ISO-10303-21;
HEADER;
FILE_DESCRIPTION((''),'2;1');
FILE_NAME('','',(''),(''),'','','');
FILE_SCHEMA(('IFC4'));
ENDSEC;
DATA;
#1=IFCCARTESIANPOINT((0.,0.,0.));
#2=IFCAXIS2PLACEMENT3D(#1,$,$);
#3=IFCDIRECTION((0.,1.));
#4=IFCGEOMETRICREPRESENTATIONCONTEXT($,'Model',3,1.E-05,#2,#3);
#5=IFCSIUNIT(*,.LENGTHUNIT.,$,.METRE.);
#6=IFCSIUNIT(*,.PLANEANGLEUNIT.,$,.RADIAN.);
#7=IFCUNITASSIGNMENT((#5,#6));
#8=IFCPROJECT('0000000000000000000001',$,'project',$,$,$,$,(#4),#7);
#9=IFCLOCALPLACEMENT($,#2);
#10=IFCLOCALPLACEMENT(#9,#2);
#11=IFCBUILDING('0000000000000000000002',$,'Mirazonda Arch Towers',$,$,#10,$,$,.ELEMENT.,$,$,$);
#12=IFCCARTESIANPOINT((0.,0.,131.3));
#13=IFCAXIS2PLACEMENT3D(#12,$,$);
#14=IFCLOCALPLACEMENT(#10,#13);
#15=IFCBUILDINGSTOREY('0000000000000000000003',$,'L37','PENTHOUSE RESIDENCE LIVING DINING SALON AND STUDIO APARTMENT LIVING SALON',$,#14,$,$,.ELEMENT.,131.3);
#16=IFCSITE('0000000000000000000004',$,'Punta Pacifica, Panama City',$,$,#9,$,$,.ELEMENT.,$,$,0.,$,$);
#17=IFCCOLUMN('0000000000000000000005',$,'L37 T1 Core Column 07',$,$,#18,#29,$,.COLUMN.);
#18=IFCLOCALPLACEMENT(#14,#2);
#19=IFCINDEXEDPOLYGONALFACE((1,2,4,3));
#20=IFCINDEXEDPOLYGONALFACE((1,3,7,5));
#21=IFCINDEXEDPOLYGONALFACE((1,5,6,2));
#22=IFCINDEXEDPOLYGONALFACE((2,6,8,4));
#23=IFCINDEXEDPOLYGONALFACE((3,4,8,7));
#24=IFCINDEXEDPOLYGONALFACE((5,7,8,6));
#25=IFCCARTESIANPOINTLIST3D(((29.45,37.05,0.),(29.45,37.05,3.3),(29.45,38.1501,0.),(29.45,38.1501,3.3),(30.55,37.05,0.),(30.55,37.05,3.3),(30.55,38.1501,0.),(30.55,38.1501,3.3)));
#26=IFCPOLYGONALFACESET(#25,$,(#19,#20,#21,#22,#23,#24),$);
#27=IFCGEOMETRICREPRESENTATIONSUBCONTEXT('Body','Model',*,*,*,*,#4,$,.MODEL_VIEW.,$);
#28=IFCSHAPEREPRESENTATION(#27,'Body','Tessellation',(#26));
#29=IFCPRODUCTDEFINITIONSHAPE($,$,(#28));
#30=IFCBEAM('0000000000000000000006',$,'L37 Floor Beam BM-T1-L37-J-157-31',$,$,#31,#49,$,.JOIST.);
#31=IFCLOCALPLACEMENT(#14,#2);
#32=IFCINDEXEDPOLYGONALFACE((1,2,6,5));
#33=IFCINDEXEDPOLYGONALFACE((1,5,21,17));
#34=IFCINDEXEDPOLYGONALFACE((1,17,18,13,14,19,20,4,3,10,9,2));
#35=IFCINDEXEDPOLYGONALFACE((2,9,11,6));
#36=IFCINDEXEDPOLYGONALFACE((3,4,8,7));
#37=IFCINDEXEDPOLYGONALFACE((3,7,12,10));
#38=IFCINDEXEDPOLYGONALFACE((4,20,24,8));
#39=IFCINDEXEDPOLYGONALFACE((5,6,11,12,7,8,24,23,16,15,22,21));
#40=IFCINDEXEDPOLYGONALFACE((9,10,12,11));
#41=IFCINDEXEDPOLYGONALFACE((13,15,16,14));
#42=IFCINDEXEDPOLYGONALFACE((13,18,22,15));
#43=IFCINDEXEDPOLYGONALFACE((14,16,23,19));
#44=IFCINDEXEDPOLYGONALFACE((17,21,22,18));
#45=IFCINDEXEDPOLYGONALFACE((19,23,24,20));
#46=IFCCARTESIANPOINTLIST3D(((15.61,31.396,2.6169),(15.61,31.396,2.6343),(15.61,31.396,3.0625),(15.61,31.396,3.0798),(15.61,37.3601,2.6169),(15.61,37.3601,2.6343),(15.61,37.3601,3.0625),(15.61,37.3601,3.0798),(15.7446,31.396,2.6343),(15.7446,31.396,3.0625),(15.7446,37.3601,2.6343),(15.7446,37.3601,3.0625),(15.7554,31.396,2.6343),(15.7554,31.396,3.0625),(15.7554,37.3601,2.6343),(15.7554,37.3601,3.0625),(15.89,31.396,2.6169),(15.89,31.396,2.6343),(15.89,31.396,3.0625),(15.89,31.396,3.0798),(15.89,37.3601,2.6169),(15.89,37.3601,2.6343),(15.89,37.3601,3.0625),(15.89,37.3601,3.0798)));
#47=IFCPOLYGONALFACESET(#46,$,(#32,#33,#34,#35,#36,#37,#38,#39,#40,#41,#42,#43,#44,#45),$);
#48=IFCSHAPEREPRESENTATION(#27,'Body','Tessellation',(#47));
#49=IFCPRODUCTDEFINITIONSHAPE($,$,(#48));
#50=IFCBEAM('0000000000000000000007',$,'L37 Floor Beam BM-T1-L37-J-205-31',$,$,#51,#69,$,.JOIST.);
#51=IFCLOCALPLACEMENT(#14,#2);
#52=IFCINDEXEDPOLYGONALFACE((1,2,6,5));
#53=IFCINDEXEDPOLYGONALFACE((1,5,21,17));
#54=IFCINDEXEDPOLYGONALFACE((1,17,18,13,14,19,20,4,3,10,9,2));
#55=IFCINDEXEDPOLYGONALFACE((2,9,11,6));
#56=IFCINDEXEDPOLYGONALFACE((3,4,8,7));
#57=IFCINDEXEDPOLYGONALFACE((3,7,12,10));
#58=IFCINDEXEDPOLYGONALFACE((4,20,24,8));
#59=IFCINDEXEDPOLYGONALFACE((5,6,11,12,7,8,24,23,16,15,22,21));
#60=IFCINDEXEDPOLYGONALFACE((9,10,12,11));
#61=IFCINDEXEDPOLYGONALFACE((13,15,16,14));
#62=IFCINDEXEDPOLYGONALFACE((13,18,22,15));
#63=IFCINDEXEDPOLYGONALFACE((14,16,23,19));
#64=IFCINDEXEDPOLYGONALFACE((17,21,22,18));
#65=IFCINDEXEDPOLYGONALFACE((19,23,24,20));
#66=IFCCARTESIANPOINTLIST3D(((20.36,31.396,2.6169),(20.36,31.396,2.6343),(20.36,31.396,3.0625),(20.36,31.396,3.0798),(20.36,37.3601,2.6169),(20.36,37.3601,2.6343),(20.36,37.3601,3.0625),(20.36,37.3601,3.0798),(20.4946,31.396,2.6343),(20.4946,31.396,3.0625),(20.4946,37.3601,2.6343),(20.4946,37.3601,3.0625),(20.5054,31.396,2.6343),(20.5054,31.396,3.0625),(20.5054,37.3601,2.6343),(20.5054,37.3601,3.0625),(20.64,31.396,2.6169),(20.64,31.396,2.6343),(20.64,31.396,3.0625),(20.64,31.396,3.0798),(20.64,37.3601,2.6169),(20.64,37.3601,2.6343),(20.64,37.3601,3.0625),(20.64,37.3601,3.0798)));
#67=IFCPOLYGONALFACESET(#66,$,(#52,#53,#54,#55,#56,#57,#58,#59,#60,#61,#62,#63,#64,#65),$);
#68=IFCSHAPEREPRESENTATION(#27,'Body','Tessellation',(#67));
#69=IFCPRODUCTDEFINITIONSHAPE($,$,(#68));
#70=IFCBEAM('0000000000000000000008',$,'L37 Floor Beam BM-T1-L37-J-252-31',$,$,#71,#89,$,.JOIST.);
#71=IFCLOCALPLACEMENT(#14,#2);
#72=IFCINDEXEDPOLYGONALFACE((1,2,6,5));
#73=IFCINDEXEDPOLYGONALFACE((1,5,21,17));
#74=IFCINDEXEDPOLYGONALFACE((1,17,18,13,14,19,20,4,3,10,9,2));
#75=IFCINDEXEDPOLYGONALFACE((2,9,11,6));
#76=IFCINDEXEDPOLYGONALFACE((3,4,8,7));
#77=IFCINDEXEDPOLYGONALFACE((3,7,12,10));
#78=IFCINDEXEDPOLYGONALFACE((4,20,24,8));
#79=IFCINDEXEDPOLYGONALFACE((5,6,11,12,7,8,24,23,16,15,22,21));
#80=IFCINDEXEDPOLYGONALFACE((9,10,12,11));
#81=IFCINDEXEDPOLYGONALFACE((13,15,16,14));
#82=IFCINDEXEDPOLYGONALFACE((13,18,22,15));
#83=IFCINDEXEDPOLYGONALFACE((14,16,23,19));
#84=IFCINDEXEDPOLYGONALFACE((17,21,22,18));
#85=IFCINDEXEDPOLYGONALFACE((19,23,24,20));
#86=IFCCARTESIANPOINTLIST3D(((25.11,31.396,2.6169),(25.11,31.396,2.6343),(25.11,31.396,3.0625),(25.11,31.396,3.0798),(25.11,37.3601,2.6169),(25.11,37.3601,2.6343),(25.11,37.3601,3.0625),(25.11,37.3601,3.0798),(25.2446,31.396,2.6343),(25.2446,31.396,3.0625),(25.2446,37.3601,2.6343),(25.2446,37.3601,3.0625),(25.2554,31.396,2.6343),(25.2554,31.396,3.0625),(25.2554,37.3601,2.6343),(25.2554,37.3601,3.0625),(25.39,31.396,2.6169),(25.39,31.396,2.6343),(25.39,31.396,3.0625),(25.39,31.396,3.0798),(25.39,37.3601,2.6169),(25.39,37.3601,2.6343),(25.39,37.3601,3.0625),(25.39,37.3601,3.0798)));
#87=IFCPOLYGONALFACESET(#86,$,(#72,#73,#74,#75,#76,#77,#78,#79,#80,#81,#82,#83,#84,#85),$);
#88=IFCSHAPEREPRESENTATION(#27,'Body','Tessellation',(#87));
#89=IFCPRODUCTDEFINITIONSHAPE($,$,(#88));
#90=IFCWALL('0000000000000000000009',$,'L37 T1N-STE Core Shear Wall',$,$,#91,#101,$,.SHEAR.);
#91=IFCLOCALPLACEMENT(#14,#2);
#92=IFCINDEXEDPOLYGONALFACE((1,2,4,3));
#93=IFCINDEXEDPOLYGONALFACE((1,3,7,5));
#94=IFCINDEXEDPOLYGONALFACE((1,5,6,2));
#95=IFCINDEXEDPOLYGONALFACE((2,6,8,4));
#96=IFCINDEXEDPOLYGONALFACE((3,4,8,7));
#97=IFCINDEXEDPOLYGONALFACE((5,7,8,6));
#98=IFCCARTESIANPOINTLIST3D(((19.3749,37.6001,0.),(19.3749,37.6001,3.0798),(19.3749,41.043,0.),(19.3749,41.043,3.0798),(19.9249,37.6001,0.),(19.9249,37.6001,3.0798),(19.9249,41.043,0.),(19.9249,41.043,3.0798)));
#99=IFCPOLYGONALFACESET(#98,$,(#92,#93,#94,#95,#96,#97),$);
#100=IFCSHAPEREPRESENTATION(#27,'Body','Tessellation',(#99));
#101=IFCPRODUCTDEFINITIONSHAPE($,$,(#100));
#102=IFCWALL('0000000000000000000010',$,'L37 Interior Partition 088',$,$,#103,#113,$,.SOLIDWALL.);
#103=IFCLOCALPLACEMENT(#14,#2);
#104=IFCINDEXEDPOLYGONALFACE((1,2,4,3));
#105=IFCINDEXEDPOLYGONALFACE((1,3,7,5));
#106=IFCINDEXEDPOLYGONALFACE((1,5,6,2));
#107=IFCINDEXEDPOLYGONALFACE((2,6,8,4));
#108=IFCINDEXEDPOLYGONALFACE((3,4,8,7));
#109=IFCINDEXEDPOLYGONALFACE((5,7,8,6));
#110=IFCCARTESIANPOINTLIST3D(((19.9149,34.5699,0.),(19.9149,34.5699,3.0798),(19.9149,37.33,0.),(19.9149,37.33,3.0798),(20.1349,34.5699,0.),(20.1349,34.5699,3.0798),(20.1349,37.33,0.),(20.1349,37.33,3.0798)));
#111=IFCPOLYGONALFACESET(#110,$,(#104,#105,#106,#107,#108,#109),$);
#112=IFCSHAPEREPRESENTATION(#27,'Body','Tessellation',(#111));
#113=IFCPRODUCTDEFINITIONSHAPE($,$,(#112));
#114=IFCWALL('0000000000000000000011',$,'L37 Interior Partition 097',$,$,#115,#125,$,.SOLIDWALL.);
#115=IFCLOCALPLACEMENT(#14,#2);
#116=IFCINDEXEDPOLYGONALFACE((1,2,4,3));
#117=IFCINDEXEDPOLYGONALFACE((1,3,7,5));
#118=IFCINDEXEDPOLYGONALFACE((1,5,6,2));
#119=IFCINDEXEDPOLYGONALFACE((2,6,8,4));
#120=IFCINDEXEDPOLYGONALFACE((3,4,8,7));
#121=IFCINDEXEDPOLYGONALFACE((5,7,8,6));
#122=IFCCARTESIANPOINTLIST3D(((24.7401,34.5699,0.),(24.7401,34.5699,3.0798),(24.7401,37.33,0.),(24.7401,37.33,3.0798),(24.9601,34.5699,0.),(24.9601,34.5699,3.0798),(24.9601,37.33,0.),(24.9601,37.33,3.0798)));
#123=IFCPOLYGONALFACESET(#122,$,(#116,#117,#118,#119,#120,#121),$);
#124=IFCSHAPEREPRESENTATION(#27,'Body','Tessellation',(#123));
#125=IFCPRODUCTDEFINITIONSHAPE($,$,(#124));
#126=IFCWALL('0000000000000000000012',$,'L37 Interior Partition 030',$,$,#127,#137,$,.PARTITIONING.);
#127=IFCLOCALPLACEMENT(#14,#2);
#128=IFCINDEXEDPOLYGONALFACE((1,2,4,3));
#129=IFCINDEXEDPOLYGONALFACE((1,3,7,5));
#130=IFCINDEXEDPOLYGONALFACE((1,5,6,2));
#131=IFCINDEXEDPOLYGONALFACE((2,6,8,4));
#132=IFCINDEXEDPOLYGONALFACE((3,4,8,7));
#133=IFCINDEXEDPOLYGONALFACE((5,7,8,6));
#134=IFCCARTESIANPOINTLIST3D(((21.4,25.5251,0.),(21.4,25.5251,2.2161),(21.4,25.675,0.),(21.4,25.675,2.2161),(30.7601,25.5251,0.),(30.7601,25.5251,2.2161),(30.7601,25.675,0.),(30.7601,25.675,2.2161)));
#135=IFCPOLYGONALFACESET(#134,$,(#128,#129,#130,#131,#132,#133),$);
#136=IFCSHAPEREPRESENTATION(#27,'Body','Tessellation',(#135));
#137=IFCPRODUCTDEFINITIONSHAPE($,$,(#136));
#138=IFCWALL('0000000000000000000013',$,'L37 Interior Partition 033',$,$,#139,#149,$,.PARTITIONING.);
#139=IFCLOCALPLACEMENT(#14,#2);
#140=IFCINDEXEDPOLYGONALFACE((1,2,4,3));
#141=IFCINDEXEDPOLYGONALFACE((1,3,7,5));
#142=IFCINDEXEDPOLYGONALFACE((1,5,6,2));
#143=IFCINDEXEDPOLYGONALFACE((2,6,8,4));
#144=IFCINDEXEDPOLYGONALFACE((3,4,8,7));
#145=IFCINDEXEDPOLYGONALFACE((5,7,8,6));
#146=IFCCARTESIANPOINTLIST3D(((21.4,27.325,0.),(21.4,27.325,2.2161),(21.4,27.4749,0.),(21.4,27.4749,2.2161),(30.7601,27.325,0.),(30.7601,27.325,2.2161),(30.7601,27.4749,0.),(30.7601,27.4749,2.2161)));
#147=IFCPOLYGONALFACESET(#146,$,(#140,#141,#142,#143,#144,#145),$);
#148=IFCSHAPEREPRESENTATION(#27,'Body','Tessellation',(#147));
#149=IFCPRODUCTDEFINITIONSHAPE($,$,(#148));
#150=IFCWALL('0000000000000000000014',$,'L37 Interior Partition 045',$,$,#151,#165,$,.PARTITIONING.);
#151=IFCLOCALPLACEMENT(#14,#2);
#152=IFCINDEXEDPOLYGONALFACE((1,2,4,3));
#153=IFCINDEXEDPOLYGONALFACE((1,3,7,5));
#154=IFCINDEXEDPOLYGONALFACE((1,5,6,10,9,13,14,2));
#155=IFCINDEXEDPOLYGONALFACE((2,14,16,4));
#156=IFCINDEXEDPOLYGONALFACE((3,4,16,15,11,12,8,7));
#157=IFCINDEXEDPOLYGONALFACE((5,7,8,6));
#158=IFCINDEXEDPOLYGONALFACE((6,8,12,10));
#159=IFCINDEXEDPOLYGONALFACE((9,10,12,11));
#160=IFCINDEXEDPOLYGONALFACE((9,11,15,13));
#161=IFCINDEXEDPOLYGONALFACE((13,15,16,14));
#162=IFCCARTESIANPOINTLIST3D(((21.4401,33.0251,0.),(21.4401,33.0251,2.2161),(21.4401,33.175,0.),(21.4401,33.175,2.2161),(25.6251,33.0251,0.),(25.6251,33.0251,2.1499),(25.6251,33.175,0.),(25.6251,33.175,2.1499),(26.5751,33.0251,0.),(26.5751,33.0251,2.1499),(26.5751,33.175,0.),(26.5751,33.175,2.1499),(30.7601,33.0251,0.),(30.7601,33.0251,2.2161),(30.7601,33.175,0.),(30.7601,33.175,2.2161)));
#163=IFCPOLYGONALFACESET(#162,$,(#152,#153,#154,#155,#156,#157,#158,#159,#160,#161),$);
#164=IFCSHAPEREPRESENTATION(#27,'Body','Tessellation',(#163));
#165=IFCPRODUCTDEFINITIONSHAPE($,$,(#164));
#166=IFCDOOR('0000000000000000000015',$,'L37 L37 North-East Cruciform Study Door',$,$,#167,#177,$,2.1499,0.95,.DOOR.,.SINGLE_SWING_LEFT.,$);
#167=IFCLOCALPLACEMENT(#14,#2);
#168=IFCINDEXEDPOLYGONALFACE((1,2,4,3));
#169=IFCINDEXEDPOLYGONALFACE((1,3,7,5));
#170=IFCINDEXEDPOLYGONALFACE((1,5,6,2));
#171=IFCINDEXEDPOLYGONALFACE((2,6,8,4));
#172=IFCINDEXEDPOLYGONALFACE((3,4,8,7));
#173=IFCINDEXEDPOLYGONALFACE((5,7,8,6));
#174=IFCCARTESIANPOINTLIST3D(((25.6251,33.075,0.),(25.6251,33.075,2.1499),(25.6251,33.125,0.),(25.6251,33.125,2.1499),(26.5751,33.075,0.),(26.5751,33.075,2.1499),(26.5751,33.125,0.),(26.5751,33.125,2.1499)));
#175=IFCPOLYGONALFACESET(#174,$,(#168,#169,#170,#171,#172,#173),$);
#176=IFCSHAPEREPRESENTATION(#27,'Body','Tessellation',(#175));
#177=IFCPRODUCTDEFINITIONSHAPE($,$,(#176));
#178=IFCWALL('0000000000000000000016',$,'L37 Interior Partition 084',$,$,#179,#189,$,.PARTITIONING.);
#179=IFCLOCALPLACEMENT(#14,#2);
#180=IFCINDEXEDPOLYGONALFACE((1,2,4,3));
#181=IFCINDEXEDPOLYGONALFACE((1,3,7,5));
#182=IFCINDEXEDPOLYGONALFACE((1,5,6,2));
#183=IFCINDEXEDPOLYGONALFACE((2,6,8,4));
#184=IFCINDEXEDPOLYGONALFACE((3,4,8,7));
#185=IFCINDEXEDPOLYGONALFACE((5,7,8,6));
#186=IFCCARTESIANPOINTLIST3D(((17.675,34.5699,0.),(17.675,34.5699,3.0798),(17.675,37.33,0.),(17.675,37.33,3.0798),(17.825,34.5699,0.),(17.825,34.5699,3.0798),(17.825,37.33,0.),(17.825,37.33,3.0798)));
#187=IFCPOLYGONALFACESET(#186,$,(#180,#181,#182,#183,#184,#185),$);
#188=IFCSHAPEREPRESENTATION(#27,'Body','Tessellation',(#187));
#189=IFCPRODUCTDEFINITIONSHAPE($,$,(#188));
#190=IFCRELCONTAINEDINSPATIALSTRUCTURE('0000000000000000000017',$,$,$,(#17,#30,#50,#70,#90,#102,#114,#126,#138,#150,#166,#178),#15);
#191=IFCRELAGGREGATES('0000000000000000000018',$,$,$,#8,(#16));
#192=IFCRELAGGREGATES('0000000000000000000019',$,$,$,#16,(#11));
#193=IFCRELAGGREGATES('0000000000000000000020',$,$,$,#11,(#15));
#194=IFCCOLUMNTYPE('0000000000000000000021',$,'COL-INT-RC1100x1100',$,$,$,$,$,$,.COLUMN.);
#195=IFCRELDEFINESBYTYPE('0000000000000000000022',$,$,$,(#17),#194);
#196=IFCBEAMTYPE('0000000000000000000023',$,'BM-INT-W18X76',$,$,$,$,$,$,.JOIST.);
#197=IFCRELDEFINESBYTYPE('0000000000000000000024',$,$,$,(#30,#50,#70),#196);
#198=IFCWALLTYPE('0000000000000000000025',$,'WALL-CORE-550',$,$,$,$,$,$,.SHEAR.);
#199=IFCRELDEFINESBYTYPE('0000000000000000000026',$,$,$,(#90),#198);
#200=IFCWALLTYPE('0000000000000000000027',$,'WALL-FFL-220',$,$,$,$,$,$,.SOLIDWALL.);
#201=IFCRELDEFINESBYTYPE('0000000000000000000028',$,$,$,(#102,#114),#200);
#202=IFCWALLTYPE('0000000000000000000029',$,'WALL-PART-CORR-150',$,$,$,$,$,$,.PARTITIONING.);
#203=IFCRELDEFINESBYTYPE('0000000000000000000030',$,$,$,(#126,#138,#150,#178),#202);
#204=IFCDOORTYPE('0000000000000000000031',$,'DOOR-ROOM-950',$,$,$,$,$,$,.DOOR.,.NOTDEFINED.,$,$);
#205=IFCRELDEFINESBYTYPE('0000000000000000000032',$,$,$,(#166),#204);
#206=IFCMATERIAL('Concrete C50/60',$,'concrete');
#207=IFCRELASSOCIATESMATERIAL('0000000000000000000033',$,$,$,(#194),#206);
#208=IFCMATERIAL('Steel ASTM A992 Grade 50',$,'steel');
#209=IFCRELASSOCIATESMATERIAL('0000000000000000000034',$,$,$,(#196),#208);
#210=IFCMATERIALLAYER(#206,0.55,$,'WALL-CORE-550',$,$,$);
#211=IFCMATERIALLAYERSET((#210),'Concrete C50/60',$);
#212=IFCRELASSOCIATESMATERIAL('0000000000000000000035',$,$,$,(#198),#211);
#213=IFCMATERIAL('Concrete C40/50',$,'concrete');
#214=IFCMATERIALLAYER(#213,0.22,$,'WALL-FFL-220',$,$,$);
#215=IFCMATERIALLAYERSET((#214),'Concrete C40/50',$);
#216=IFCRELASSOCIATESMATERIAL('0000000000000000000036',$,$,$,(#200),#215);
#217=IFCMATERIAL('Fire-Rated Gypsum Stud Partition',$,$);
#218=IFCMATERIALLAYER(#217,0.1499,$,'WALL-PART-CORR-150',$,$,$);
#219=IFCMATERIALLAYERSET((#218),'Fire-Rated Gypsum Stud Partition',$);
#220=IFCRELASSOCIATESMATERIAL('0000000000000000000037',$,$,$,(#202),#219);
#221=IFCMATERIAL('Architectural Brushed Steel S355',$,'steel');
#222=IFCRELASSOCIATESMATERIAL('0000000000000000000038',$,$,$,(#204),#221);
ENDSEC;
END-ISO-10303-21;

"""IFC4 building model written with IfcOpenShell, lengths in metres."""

from ifc_helpers import new_model, si_unit, direction, frame, frame_2d, origin, origin_2d, place, context, subcontext, project, spatial, rectangle, i_section, extrude, material, layer, layer_set, material_profile, profile_set, type_object, element, fill, save


model = new_model("IFC4")

# Units and contexts
model_context = context("Model", 3, precision=1e-05, world=origin(), true_north=direction((0.0, 1.0)))
body_context = subcontext(model_context, "Body", "Model", "MODEL_VIEW")
ifc_project = project(units=[si_unit("LENGTHUNIT", "METRE"), si_unit("PLANEANGLEUNIT", "RADIAN")], contexts=[model_context])

# Site, building, storey
site_placement = place(None, origin())
site = spatial("IfcSite", under=ifc_project, at=site_placement, Name="Punta Pacifica, Panama City", CompositionType="ELEMENT", RefElevation=0.0)
building_placement = place(site_placement, origin())
building = spatial("IfcBuilding", under=site, at=building_placement, Name="Mirazonda Arch Towers", CompositionType="ELEMENT")
storey_placement = place(building_placement, frame((0.0, 0.0, 131.3)))
storey = spatial("IfcBuildingStorey", under=building, at=storey_placement, Name="L37", Description="PENTHOUSE RESIDENCE LIVING DINING SALON AND STUDIO APARTMENT LIVING SALON", CompositionType="ELEMENT", Elevation=131.3)

# Column
ifc_material_1 = material(Name="Concrete C50/60", Category="concrete")
ifc_material_profile_1 = material_profile(ifc_material_1, rectangle(XDim=1.1001, YDim=1.1001, at=origin_2d()), Name="RC1100x1100")
ifc_profile_set_1 = profile_set([ifc_material_profile_1], Name="Concrete C50/60")
column_type = type_object("IfcColumnType", Name="COL-INT-RC1100x1100", PredefinedType="COLUMN", material=ifc_profile_set_1)
column_placement = place(storey_placement, frame((30.0, 37.6001, 0.0), z_axis=(0.0, 0.0, 1.0), x_axis=(1.0, 0.0, 0.0)))
element("IfcColumn", 1, at=column_placement, inside=storey, type_object=column_type, Name="L37 T1 Core Column 07", PredefinedType="COLUMN", context=body_context, shape_type="SweptSolid", body=[
    extrude(rectangle(XDim=1.1001, YDim=1.1001, at=origin_2d()), origin(), (0.0, 0.0, 1.0), 3.3),
])

# Beams
ifc_material_2 = material(Name="Steel ASTM A992 Grade 50", Category="steel")
ifc_material_profile_2 = material_profile(ifc_material_2, i_section(OverallWidth=0.28, OverallDepth=0.4629, WebThickness=0.0107, FlangeThickness=0.0173, at=origin_2d()), Name="W18X76")
ifc_profile_set_2 = profile_set([ifc_material_profile_2], Name="Steel ASTM A992 Grade 50")
beam_type = type_object("IfcBeamType", Name="BM-INT-W18X76", PredefinedType="JOIST", material=ifc_profile_set_2)
for number, where, z_axis, x_axis, name in (
    (2, (15.75, 31.396, 2.8484), (0.0, 1.0, 0.0), (-1.0, 0.0, 0.0), "L37 Floor Beam BM-T1-L37-J-157-31"),
    (3, (20.5, 31.396, 2.8484), (0.0, 1.0, 0.0), (-1.0, 0.0, 0.0), "L37 Floor Beam BM-T1-L37-J-205-31"),
    (4, (25.25, 31.396, 2.8484), (0.0, 1.0, 0.0), (-1.0, 0.0, 0.0), "L37 Floor Beam BM-T1-L37-J-252-31"),
):
    element("IfcBeam", number, at=place(storey_placement, frame(where, z_axis=z_axis, x_axis=x_axis)), inside=storey, type_object=beam_type, Name=name, PredefinedType="JOIST", context=body_context, shape_type="SweptSolid", body=[
        extrude(i_section(OverallWidth=0.28, OverallDepth=0.4629, WebThickness=0.0107, FlangeThickness=0.0173, at=origin_2d()), origin(), (0.0, 0.0, 1.0), 5.9641),
    ])

# Walls
ifc_layer_1 = layer(ifc_material_1, 0.55, Name="WALL-CORE-550")
ifc_layer_set_1 = layer_set([ifc_layer_1], Name="Concrete C50/60")
wall_type_1 = type_object("IfcWallType", Name="WALL-CORE-550", PredefinedType="SHEAR", material=ifc_layer_set_1)
wall_1_placement = place(storey_placement, frame((19.6499, 37.6001, 0.0), z_axis=(0.0, 0.0, 1.0), x_axis=(0.0, 1.0, 0.0)))
element("IfcWall", 5, at=wall_1_placement, inside=storey, type_object=wall_type_1, Name="L37 T1N-STE Core Shear Wall", PredefinedType="SHEAR", context=body_context, shape_type="SweptSolid", body=[
    extrude(rectangle(XDim=3.4429, YDim=0.55, at=frame_2d((1.7214, 0.0))), origin(), (0.0, 0.0, 1.0), 3.0798),
])
ifc_material_3 = material(Name="Concrete C40/50", Category="concrete")
ifc_layer_2 = layer(ifc_material_3, 0.22, Name="WALL-FFL-220")
ifc_layer_set_2 = layer_set([ifc_layer_2], Name="Concrete C40/50")
wall_type_2 = type_object("IfcWallType", Name="WALL-FFL-220", PredefinedType="SOLIDWALL", material=ifc_layer_set_2)
for number, where, z_axis, x_axis, name in (
    (6, (20.0249, 34.5701, 0.0), (0.0, 0.0, 1.0), (0.0, 1.0, 0.0), "L37 Interior Partition 088"),
    (7, (24.8501, 34.5701, 0.0), (0.0, 0.0, 1.0), (0.0, 1.0, 0.0), "L37 Interior Partition 097"),
):
    element("IfcWall", number, at=place(storey_placement, frame(where, z_axis=z_axis, x_axis=x_axis)), inside=storey, type_object=wall_type_2, Name=name, PredefinedType="SOLIDWALL", context=body_context, shape_type="SweptSolid", body=[
        extrude(rectangle(XDim=2.76, YDim=0.22, at=frame_2d((1.3799, 0.0))), origin(), (0.0, 0.0, 1.0), 3.0798),
    ])
ifc_material_4 = material(Name="Fire-Rated Gypsum Stud Partition")
ifc_layer_3 = layer(ifc_material_4, 0.1499, Name="WALL-PART-CORR-150")
ifc_layer_set_3 = layer_set([ifc_layer_3], Name="Fire-Rated Gypsum Stud Partition")
wall_type_3 = type_object("IfcWallType", Name="WALL-PART-CORR-150", PredefinedType="PARTITIONING", material=ifc_layer_set_3)
for number, where, z_axis, x_axis, name in (
    (8, (21.3999, 25.6001, 0.0), (0.0, 0.0, 1.0), (1.0, 0.0, 0.0), "L37 Interior Partition 030"),
    (9, (21.3999, 27.3999, 0.0), (0.0, 0.0, 1.0), (1.0, 0.0, 0.0), "L37 Interior Partition 033"),
):
    element("IfcWall", number, at=place(storey_placement, frame(where, z_axis=z_axis, x_axis=x_axis)), inside=storey, type_object=wall_type_3, Name=name, PredefinedType="PARTITIONING", context=body_context, shape_type="SweptSolid", body=[
        extrude(rectangle(XDim=9.3601, YDim=0.1499, at=frame_2d((4.6802, 0.0))), origin(), (0.0, 0.0, 1.0), 2.2161),
    ])

# Wall, opening, door
wall_2_placement = place(storey_placement, frame((21.4399, 33.1001, 0.0), z_axis=(0.0, 0.0, 1.0), x_axis=(1.0, 0.0, 0.0)))
wall_2 = element("IfcWall", 10, at=wall_2_placement, inside=storey, type_object=wall_type_3, Name="L37 Interior Partition 045", PredefinedType="PARTITIONING", context=body_context, shape_type="SweptSolid", body=[
    extrude(rectangle(XDim=9.3201, YDim=0.1499, at=frame_2d((4.6602, 0.0))), origin(), (0.0, 0.0, 1.0), 2.2161),
])
opening_placement = place(wall_2_placement, frame((4.1851, 0.0, 0.0)))
opening = element("IfcOpeningElement", 11, at=opening_placement, cuts=wall_2, PredefinedType="OPENING", context=body_context, shape_type="SweptSolid", body=[
    extrude(rectangle(XDim=0.95, YDim=2.1499, at=frame_2d((0.4751, 1.075))), frame((0.0, 0.085, 0.0), z_axis=(0.0, -1.0, 0.0), x_axis=(1.0, 0.0, 0.0)), (0.0, 0.0, 1.0), 0.1699),
])
ifc_material_5 = material(Name="Architectural Brushed Steel S355", Category="steel")
door_type = type_object("IfcDoorType", Name="DOOR-ROOM-950", OperationType="NOTDEFINED", PredefinedType="DOOR", material=ifc_material_5)
door_placement = place(opening_placement, origin())
door = element("IfcDoor", 12, at=door_placement, inside=storey, type_object=door_type, Name="L37 L37 North-East Cruciform Study Door", OperationType="SINGLE_SWING_LEFT", OverallHeight=2.1499, OverallWidth=0.95, PredefinedType="DOOR", context=body_context, shape_type="SweptSolid", body=[
    extrude(rectangle(XDim=0.95, YDim=2.1499, at=frame_2d((0.4751, 1.075))), frame((0.0, 0.0249, 0.0), z_axis=(0.0, -1.0, 0.0), x_axis=(1.0, 0.0, 0.0)), (0.0, 0.0, 1.0), 0.05),
])
fill(opening, door)

# Wall
wall_3_placement = place(storey_placement, frame((17.75, 34.5701, 0.0), z_axis=(0.0, 0.0, 1.0), x_axis=(0.0, 1.0, 0.0)))
element("IfcWall", 13, at=wall_3_placement, inside=storey, type_object=wall_type_3, Name="L37 Interior Partition 084", PredefinedType="PARTITIONING", context=body_context, shape_type="SweptSolid", body=[
    extrude(rectangle(XDim=2.76, YDim=0.1499, at=frame_2d((1.3799, 0.0))), origin(), (0.0, 0.0, 1.0), 3.0798),
])

save(model, "model.ifc")
